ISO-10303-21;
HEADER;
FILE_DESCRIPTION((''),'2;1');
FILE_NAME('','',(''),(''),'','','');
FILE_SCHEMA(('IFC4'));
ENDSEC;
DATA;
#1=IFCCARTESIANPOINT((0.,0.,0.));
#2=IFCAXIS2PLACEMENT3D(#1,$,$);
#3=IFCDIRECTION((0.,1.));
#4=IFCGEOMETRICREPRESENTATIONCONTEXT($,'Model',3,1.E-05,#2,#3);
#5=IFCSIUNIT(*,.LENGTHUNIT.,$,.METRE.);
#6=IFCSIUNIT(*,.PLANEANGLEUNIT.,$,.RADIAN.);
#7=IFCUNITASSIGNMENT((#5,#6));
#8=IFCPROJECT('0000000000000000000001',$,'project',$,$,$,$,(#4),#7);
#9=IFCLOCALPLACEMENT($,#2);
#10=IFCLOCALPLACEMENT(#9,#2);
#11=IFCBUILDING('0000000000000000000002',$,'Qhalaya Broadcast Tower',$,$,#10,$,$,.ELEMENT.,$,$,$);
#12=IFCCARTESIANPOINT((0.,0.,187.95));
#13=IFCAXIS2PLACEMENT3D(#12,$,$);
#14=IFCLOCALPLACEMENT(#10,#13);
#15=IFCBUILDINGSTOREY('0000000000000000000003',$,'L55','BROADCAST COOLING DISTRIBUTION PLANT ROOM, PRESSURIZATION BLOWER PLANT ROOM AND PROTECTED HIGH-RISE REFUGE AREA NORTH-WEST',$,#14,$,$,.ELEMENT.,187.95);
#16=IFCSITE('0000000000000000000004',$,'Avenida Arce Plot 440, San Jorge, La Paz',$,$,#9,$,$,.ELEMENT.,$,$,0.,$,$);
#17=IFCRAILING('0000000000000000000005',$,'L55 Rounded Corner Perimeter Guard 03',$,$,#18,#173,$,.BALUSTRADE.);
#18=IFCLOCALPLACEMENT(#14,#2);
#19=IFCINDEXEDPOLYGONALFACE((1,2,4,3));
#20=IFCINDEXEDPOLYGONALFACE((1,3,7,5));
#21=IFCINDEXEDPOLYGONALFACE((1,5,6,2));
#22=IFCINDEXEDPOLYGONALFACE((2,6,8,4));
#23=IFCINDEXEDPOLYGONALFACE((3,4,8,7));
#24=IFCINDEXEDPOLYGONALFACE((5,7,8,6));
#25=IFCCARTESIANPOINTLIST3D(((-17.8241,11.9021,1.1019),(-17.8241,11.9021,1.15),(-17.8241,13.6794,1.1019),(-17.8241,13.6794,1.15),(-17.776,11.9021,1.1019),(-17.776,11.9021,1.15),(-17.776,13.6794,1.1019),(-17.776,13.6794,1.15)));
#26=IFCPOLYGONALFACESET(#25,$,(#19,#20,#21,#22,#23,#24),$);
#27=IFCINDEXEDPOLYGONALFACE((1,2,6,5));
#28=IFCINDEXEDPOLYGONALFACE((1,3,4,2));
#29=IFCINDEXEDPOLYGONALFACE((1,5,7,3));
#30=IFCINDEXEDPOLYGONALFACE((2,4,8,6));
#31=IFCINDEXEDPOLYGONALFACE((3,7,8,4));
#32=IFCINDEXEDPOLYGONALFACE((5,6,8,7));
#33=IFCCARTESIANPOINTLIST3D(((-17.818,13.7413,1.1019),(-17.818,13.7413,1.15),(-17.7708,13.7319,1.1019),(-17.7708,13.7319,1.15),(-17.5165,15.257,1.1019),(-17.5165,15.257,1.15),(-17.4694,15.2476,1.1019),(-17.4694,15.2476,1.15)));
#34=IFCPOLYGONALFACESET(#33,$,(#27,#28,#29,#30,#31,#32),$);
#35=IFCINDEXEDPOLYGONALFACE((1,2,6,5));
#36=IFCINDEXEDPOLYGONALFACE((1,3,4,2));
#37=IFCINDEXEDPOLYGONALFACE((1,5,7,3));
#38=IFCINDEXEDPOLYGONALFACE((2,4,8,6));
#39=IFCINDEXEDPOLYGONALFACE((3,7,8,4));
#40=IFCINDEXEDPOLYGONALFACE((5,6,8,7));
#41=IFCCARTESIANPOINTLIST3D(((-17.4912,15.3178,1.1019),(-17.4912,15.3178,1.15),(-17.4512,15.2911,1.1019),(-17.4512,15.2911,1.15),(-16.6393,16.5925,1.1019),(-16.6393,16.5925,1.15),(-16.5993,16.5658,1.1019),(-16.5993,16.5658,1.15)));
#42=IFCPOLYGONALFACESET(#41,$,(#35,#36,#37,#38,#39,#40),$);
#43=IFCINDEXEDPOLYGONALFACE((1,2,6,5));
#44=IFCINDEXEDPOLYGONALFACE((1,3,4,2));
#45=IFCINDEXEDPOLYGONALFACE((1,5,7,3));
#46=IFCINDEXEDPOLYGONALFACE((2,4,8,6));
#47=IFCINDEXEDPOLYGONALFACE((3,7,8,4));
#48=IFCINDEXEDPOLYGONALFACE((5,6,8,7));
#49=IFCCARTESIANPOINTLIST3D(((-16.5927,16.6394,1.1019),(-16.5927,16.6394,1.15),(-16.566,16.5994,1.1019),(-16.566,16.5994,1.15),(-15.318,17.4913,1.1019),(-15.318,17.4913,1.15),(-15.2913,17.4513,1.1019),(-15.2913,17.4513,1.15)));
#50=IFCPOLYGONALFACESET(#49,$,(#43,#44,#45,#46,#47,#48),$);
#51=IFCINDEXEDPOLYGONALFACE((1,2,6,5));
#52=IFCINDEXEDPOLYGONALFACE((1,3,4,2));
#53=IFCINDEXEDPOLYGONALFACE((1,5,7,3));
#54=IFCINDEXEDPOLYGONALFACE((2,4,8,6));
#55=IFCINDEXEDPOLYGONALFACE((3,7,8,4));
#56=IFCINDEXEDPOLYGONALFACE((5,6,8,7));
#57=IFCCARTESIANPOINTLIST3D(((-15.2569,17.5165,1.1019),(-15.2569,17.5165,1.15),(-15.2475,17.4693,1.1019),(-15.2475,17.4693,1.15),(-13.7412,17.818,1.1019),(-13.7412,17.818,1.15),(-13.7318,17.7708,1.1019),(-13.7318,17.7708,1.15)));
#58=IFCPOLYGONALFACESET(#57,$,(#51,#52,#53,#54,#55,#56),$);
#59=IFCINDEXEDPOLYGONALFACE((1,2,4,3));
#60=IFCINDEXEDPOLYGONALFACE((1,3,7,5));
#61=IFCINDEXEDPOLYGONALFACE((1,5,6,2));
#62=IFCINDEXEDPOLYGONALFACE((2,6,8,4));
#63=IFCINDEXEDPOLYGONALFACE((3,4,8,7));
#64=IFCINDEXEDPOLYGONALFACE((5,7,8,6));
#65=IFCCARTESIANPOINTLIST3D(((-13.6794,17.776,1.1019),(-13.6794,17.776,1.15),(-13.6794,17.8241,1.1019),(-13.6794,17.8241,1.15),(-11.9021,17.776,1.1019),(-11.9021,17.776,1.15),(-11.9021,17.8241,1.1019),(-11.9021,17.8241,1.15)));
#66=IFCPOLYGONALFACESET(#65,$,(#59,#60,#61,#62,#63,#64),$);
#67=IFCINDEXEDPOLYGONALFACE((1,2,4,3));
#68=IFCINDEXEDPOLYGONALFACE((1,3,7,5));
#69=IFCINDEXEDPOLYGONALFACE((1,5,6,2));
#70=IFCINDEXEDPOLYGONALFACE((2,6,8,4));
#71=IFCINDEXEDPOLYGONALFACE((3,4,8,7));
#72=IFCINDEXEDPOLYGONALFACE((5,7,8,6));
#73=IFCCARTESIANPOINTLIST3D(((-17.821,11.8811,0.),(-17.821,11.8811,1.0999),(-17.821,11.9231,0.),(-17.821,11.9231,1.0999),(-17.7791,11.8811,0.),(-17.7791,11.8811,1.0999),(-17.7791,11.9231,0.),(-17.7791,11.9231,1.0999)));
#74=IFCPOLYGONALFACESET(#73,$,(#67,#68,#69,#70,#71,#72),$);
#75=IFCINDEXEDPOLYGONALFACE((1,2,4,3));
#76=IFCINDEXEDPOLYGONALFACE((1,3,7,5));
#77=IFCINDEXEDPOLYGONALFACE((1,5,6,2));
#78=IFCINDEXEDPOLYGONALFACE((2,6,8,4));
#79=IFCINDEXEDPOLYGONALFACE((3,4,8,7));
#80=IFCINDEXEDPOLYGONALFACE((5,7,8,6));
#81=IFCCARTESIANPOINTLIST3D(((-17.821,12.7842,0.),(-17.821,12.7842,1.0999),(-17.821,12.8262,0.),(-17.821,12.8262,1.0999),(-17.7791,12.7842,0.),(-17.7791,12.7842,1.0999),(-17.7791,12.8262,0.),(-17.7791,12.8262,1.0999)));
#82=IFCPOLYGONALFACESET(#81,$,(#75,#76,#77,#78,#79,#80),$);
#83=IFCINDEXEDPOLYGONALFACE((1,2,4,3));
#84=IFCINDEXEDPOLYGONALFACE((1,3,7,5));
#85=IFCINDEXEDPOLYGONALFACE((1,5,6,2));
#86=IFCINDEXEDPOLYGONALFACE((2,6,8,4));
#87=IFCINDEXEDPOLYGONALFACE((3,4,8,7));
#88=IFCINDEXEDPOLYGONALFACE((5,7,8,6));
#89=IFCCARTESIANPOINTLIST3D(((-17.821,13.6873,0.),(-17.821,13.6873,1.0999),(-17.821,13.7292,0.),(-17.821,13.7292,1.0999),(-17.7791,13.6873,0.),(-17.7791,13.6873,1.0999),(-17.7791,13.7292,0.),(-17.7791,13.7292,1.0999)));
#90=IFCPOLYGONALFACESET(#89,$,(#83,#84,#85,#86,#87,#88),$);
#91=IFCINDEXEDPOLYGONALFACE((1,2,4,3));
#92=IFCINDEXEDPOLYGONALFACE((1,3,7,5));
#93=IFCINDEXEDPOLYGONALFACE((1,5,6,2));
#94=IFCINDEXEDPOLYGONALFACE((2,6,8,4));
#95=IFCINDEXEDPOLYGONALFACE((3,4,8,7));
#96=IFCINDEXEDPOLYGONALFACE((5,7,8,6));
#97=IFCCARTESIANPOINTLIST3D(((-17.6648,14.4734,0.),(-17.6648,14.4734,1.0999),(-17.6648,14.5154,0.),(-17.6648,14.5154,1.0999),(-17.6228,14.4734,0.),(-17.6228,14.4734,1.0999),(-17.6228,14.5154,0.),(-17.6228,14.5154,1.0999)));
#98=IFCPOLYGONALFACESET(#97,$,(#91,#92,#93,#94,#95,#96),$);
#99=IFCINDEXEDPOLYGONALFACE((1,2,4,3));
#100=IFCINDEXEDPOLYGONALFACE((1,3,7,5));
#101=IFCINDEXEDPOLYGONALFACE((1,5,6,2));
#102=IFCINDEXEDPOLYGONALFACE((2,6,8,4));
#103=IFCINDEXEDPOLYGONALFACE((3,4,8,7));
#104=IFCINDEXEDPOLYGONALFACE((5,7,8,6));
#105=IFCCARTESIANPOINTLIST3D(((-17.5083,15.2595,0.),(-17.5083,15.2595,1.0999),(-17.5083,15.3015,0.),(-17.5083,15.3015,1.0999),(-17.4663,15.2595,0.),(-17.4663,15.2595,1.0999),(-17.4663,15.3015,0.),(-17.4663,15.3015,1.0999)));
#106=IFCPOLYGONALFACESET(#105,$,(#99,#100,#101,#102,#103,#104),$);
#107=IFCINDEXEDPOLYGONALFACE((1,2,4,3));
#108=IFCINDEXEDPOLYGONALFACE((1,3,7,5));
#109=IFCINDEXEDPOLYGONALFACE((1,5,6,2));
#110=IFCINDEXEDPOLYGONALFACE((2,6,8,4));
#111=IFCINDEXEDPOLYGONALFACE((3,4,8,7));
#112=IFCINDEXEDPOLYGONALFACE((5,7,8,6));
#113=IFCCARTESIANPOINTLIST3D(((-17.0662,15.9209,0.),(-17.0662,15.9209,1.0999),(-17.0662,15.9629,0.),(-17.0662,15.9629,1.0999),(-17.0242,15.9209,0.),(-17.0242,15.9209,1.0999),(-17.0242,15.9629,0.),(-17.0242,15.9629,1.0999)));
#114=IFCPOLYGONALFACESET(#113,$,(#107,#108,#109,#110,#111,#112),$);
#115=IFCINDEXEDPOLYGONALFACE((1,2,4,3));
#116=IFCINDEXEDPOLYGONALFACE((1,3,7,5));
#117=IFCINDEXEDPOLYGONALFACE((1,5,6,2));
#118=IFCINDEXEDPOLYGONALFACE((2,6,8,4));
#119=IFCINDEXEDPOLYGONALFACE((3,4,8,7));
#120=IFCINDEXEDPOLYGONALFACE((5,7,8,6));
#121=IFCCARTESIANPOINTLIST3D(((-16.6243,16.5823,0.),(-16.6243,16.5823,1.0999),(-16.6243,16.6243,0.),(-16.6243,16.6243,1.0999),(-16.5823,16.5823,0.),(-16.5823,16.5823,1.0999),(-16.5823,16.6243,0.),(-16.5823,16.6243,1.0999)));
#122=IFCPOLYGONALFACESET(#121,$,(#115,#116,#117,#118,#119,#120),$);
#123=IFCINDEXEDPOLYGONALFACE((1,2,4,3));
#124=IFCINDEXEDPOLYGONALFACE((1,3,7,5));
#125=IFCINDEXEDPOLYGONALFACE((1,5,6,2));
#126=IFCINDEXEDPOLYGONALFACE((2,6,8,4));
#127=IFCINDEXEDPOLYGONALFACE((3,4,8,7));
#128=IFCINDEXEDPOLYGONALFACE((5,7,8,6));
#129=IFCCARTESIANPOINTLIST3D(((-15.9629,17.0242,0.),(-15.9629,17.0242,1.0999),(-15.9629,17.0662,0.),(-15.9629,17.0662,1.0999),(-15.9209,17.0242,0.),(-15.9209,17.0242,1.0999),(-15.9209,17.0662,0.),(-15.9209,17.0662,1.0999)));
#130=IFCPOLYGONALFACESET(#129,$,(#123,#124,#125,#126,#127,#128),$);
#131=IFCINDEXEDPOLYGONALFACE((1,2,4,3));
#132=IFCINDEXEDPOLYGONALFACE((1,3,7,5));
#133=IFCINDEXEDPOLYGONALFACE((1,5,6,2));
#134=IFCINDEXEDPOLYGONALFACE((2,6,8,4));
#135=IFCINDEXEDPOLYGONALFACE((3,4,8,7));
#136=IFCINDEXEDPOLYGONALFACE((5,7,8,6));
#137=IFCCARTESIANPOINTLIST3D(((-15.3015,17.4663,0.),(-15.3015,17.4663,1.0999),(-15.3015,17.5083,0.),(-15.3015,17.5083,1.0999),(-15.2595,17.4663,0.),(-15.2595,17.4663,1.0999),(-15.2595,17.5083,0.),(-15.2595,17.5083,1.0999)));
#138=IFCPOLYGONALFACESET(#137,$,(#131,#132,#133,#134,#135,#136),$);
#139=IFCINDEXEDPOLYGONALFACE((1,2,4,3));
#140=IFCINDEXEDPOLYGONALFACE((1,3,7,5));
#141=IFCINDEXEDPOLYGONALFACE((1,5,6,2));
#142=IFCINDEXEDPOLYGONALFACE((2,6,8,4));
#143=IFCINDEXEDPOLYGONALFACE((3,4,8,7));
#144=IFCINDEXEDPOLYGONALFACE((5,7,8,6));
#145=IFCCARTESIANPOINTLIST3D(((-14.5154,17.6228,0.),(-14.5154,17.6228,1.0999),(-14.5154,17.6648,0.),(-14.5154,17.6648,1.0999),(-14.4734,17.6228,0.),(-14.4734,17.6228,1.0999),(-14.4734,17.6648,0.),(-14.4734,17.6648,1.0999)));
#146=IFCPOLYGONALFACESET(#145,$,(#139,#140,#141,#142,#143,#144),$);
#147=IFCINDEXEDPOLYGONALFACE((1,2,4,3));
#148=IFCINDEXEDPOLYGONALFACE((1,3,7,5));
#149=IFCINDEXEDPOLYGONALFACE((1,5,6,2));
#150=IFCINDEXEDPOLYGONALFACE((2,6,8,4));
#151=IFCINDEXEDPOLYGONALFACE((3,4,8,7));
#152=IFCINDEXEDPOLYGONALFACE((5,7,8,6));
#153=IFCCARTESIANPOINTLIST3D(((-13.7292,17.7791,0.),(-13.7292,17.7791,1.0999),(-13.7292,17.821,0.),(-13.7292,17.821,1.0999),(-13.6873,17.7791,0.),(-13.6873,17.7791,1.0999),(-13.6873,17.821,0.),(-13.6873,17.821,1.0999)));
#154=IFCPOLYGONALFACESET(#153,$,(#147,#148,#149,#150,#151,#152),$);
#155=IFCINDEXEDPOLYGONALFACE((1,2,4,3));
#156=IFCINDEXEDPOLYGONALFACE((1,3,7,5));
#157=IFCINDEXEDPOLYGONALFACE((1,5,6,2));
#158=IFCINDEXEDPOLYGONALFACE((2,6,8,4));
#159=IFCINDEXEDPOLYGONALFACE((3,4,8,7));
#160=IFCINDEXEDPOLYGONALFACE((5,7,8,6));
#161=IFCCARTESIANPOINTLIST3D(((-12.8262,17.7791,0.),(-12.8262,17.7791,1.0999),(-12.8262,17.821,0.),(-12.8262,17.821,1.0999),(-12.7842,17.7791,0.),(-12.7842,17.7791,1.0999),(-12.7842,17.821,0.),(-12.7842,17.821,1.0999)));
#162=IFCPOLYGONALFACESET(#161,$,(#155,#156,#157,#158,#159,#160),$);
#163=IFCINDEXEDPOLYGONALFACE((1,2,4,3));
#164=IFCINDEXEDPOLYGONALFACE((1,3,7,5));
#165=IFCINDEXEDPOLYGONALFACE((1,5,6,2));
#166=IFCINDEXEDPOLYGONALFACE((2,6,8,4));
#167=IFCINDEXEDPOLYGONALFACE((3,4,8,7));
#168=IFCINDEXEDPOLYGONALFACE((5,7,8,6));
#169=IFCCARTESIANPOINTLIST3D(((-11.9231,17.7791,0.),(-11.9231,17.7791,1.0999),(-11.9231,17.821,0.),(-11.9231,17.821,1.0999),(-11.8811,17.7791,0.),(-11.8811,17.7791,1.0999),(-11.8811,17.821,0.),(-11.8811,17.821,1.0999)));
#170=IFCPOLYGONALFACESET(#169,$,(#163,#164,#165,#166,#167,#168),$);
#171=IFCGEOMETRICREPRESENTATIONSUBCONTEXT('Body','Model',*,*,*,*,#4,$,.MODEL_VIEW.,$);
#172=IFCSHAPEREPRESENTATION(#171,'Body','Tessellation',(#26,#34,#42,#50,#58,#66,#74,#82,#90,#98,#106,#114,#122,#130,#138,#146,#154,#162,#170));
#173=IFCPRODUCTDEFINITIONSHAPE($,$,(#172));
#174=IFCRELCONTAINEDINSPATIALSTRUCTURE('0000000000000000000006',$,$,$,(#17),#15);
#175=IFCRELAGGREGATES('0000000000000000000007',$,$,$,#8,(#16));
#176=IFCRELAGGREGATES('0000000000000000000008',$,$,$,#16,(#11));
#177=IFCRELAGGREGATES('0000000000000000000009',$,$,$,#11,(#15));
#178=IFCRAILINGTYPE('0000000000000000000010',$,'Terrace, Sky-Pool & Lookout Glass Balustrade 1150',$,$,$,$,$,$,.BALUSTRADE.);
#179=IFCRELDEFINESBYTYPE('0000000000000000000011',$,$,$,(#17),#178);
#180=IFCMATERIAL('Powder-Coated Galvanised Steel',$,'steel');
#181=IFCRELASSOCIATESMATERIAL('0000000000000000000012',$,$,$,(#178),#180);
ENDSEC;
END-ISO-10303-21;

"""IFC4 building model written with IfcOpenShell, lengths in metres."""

from ifc_helpers import new_model, si_unit, direction, frame, origin, origin_2d, place, context, subcontext, project, spatial, rectangle, extrude, material, type_object, element, save


model = new_model("IFC4")

# Units and contexts
model_context = context("Model", 3, precision=1e-05, world=origin(), true_north=direction((0.0, 1.0)))
body_context = subcontext(model_context, "Body", "Model", "MODEL_VIEW")
ifc_project = project(units=[si_unit("LENGTHUNIT", "METRE"), si_unit("PLANEANGLEUNIT", "RADIAN")], contexts=[model_context])

# Site, building, storey
site_placement = place(None, origin())
site = spatial("IfcSite", under=ifc_project, at=site_placement, Name="Avenida Arce Plot 440, San Jorge, La Paz", CompositionType="ELEMENT", RefElevation=0.0)
building_placement = place(site_placement, origin())
building = spatial("IfcBuilding", under=site, at=building_placement, Name="Qhalaya Broadcast Tower", CompositionType="ELEMENT")
storey_placement = place(building_placement, frame((0.0, 0.0, 187.95)))
storey = spatial("IfcBuildingStorey", under=building, at=storey_placement, Name="L55", Description="BROADCAST COOLING DISTRIBUTION PLANT ROOM, PRESSURIZATION BLOWER PLANT ROOM AND PROTECTED HIGH-RISE REFUGE AREA NORTH-WEST", CompositionType="ELEMENT", Elevation=187.95)

# Railing
ifc_material_1 = material(Name="Powder-Coated Galvanised Steel", Category="steel")
railing_type = type_object("IfcRailingType", Name="Terrace, Sky-Pool & Lookout Glass Balustrade 1150", PredefinedType="BALUSTRADE", material=ifc_material_1)
railing_1_placement = place(storey_placement, frame((-17.8, 11.9021, 0.0)))
element("IfcRailing", 1, at=railing_1_placement, inside=storey, type_object=railing_type, Name="L55 Rounded Corner Perimeter Guard 03", PredefinedType="BALUSTRADE", context=body_context, shape_type="SweptSolid", body=[
    extrude(rectangle(XDim=0.0481, YDim=0.0481, at=origin_2d()), frame((0.0, 0.0, 1.126), z_axis=(0.0, 1.0, 0.0), x_axis=(-1.0, 0.0, 0.0)), (0.0, 0.0, 1.0), 1.7773),
    extrude(rectangle(XDim=0.0481, YDim=0.0481, at=origin_2d()), frame((0.0056, 1.8345, 1.126), z_axis=(0.195091, 0.980785, 0.0), x_axis=(-0.980785, 0.195091, 0.0)), (0.0, 0.0, 1.0), 1.5454),
    extrude(rectangle(XDim=0.0481, YDim=0.0481, at=origin_2d()), frame((0.3289, 3.4023, 1.126), z_axis=(0.555656, 0.831412, 0.0), x_axis=(-0.831412, 0.555656, 0.0)), (0.0, 0.0, 1.0), 1.5332),
    extrude(rectangle(XDim=0.0481, YDim=0.0481, at=origin_2d()), frame((1.2207, 4.7173, 1.126), z_axis=(0.831412, 0.555656, 0.0), x_axis=(-0.555656, 0.831412, 0.0)), (0.0, 0.0, 1.0), 1.5332),
    extrude(rectangle(XDim=0.0481, YDim=0.0481, at=origin_2d()), frame((2.5479, 5.5908, 1.126), z_axis=(0.980785, 0.195091, 0.0), x_axis=(-0.195091, 0.980785, 0.0)), (0.0, 0.0, 1.0), 1.5454),
    extrude(rectangle(XDim=0.0481, YDim=0.0481, at=origin_2d()), frame((4.1206, 5.8979, 1.126), z_axis=(1.0, 0.0, 0.0), x_axis=(0.0, 1.0, 0.0)), (0.0, 0.0, 1.0), 1.7773),
    extrude(rectangle(XDim=0.042, YDim=0.042, at=origin_2d()), origin(), (0.0, 0.0, 1.0), 1.0999),
    extrude(rectangle(XDim=0.042, YDim=0.042, at=origin_2d()), frame((0.0, 0.9031, 0.0)), (0.0, 0.0, 1.0), 1.0999),
    extrude(rectangle(XDim=0.042, YDim=0.042, at=origin_2d()), frame((0.0, 1.8062, 0.0)), (0.0, 0.0, 1.0), 1.0999),
    extrude(rectangle(XDim=0.042, YDim=0.042, at=origin_2d()), frame((0.1562, 2.5923, 0.0)), (0.0, 0.0, 1.0), 1.0999),
    extrude(rectangle(XDim=0.042, YDim=0.042, at=origin_2d()), frame((0.3127, 3.3784, 0.0)), (0.0, 0.0, 1.0), 1.0999),
    extrude(rectangle(XDim=0.042, YDim=0.042, at=origin_2d()), frame((0.7549, 4.0398, 0.0)), (0.0, 0.0, 1.0), 1.0999),
    extrude(rectangle(XDim=0.042, YDim=0.042, at=origin_2d()), frame((1.1968, 4.7012, 0.0)), (0.0, 0.0, 1.0), 1.0999),
    extrude(rectangle(XDim=0.042, YDim=0.042, at=origin_2d()), frame((1.8582, 5.1431, 0.0)), (0.0, 0.0, 1.0), 1.0999),
    extrude(rectangle(XDim=0.042, YDim=0.042, at=origin_2d()), frame((2.5195, 5.5852, 0.0)), (0.0, 0.0, 1.0), 1.0999),
    extrude(rectangle(XDim=0.042, YDim=0.042, at=origin_2d()), frame((3.3057, 5.7417, 0.0)), (0.0, 0.0, 1.0), 1.0999),
    extrude(rectangle(XDim=0.042, YDim=0.042, at=origin_2d()), frame((4.0918, 5.8979, 0.0)), (0.0, 0.0, 1.0), 1.0999),
    extrude(rectangle(XDim=0.042, YDim=0.042, at=origin_2d()), frame((4.9949, 5.8979, 0.0)), (0.0, 0.0, 1.0), 1.0999),
    extrude(rectangle(XDim=0.042, YDim=0.042, at=origin_2d()), frame((5.8979, 5.8979, 0.0)), (0.0, 0.0, 1.0), 1.0999),
])

save(model, "model.ifc")
